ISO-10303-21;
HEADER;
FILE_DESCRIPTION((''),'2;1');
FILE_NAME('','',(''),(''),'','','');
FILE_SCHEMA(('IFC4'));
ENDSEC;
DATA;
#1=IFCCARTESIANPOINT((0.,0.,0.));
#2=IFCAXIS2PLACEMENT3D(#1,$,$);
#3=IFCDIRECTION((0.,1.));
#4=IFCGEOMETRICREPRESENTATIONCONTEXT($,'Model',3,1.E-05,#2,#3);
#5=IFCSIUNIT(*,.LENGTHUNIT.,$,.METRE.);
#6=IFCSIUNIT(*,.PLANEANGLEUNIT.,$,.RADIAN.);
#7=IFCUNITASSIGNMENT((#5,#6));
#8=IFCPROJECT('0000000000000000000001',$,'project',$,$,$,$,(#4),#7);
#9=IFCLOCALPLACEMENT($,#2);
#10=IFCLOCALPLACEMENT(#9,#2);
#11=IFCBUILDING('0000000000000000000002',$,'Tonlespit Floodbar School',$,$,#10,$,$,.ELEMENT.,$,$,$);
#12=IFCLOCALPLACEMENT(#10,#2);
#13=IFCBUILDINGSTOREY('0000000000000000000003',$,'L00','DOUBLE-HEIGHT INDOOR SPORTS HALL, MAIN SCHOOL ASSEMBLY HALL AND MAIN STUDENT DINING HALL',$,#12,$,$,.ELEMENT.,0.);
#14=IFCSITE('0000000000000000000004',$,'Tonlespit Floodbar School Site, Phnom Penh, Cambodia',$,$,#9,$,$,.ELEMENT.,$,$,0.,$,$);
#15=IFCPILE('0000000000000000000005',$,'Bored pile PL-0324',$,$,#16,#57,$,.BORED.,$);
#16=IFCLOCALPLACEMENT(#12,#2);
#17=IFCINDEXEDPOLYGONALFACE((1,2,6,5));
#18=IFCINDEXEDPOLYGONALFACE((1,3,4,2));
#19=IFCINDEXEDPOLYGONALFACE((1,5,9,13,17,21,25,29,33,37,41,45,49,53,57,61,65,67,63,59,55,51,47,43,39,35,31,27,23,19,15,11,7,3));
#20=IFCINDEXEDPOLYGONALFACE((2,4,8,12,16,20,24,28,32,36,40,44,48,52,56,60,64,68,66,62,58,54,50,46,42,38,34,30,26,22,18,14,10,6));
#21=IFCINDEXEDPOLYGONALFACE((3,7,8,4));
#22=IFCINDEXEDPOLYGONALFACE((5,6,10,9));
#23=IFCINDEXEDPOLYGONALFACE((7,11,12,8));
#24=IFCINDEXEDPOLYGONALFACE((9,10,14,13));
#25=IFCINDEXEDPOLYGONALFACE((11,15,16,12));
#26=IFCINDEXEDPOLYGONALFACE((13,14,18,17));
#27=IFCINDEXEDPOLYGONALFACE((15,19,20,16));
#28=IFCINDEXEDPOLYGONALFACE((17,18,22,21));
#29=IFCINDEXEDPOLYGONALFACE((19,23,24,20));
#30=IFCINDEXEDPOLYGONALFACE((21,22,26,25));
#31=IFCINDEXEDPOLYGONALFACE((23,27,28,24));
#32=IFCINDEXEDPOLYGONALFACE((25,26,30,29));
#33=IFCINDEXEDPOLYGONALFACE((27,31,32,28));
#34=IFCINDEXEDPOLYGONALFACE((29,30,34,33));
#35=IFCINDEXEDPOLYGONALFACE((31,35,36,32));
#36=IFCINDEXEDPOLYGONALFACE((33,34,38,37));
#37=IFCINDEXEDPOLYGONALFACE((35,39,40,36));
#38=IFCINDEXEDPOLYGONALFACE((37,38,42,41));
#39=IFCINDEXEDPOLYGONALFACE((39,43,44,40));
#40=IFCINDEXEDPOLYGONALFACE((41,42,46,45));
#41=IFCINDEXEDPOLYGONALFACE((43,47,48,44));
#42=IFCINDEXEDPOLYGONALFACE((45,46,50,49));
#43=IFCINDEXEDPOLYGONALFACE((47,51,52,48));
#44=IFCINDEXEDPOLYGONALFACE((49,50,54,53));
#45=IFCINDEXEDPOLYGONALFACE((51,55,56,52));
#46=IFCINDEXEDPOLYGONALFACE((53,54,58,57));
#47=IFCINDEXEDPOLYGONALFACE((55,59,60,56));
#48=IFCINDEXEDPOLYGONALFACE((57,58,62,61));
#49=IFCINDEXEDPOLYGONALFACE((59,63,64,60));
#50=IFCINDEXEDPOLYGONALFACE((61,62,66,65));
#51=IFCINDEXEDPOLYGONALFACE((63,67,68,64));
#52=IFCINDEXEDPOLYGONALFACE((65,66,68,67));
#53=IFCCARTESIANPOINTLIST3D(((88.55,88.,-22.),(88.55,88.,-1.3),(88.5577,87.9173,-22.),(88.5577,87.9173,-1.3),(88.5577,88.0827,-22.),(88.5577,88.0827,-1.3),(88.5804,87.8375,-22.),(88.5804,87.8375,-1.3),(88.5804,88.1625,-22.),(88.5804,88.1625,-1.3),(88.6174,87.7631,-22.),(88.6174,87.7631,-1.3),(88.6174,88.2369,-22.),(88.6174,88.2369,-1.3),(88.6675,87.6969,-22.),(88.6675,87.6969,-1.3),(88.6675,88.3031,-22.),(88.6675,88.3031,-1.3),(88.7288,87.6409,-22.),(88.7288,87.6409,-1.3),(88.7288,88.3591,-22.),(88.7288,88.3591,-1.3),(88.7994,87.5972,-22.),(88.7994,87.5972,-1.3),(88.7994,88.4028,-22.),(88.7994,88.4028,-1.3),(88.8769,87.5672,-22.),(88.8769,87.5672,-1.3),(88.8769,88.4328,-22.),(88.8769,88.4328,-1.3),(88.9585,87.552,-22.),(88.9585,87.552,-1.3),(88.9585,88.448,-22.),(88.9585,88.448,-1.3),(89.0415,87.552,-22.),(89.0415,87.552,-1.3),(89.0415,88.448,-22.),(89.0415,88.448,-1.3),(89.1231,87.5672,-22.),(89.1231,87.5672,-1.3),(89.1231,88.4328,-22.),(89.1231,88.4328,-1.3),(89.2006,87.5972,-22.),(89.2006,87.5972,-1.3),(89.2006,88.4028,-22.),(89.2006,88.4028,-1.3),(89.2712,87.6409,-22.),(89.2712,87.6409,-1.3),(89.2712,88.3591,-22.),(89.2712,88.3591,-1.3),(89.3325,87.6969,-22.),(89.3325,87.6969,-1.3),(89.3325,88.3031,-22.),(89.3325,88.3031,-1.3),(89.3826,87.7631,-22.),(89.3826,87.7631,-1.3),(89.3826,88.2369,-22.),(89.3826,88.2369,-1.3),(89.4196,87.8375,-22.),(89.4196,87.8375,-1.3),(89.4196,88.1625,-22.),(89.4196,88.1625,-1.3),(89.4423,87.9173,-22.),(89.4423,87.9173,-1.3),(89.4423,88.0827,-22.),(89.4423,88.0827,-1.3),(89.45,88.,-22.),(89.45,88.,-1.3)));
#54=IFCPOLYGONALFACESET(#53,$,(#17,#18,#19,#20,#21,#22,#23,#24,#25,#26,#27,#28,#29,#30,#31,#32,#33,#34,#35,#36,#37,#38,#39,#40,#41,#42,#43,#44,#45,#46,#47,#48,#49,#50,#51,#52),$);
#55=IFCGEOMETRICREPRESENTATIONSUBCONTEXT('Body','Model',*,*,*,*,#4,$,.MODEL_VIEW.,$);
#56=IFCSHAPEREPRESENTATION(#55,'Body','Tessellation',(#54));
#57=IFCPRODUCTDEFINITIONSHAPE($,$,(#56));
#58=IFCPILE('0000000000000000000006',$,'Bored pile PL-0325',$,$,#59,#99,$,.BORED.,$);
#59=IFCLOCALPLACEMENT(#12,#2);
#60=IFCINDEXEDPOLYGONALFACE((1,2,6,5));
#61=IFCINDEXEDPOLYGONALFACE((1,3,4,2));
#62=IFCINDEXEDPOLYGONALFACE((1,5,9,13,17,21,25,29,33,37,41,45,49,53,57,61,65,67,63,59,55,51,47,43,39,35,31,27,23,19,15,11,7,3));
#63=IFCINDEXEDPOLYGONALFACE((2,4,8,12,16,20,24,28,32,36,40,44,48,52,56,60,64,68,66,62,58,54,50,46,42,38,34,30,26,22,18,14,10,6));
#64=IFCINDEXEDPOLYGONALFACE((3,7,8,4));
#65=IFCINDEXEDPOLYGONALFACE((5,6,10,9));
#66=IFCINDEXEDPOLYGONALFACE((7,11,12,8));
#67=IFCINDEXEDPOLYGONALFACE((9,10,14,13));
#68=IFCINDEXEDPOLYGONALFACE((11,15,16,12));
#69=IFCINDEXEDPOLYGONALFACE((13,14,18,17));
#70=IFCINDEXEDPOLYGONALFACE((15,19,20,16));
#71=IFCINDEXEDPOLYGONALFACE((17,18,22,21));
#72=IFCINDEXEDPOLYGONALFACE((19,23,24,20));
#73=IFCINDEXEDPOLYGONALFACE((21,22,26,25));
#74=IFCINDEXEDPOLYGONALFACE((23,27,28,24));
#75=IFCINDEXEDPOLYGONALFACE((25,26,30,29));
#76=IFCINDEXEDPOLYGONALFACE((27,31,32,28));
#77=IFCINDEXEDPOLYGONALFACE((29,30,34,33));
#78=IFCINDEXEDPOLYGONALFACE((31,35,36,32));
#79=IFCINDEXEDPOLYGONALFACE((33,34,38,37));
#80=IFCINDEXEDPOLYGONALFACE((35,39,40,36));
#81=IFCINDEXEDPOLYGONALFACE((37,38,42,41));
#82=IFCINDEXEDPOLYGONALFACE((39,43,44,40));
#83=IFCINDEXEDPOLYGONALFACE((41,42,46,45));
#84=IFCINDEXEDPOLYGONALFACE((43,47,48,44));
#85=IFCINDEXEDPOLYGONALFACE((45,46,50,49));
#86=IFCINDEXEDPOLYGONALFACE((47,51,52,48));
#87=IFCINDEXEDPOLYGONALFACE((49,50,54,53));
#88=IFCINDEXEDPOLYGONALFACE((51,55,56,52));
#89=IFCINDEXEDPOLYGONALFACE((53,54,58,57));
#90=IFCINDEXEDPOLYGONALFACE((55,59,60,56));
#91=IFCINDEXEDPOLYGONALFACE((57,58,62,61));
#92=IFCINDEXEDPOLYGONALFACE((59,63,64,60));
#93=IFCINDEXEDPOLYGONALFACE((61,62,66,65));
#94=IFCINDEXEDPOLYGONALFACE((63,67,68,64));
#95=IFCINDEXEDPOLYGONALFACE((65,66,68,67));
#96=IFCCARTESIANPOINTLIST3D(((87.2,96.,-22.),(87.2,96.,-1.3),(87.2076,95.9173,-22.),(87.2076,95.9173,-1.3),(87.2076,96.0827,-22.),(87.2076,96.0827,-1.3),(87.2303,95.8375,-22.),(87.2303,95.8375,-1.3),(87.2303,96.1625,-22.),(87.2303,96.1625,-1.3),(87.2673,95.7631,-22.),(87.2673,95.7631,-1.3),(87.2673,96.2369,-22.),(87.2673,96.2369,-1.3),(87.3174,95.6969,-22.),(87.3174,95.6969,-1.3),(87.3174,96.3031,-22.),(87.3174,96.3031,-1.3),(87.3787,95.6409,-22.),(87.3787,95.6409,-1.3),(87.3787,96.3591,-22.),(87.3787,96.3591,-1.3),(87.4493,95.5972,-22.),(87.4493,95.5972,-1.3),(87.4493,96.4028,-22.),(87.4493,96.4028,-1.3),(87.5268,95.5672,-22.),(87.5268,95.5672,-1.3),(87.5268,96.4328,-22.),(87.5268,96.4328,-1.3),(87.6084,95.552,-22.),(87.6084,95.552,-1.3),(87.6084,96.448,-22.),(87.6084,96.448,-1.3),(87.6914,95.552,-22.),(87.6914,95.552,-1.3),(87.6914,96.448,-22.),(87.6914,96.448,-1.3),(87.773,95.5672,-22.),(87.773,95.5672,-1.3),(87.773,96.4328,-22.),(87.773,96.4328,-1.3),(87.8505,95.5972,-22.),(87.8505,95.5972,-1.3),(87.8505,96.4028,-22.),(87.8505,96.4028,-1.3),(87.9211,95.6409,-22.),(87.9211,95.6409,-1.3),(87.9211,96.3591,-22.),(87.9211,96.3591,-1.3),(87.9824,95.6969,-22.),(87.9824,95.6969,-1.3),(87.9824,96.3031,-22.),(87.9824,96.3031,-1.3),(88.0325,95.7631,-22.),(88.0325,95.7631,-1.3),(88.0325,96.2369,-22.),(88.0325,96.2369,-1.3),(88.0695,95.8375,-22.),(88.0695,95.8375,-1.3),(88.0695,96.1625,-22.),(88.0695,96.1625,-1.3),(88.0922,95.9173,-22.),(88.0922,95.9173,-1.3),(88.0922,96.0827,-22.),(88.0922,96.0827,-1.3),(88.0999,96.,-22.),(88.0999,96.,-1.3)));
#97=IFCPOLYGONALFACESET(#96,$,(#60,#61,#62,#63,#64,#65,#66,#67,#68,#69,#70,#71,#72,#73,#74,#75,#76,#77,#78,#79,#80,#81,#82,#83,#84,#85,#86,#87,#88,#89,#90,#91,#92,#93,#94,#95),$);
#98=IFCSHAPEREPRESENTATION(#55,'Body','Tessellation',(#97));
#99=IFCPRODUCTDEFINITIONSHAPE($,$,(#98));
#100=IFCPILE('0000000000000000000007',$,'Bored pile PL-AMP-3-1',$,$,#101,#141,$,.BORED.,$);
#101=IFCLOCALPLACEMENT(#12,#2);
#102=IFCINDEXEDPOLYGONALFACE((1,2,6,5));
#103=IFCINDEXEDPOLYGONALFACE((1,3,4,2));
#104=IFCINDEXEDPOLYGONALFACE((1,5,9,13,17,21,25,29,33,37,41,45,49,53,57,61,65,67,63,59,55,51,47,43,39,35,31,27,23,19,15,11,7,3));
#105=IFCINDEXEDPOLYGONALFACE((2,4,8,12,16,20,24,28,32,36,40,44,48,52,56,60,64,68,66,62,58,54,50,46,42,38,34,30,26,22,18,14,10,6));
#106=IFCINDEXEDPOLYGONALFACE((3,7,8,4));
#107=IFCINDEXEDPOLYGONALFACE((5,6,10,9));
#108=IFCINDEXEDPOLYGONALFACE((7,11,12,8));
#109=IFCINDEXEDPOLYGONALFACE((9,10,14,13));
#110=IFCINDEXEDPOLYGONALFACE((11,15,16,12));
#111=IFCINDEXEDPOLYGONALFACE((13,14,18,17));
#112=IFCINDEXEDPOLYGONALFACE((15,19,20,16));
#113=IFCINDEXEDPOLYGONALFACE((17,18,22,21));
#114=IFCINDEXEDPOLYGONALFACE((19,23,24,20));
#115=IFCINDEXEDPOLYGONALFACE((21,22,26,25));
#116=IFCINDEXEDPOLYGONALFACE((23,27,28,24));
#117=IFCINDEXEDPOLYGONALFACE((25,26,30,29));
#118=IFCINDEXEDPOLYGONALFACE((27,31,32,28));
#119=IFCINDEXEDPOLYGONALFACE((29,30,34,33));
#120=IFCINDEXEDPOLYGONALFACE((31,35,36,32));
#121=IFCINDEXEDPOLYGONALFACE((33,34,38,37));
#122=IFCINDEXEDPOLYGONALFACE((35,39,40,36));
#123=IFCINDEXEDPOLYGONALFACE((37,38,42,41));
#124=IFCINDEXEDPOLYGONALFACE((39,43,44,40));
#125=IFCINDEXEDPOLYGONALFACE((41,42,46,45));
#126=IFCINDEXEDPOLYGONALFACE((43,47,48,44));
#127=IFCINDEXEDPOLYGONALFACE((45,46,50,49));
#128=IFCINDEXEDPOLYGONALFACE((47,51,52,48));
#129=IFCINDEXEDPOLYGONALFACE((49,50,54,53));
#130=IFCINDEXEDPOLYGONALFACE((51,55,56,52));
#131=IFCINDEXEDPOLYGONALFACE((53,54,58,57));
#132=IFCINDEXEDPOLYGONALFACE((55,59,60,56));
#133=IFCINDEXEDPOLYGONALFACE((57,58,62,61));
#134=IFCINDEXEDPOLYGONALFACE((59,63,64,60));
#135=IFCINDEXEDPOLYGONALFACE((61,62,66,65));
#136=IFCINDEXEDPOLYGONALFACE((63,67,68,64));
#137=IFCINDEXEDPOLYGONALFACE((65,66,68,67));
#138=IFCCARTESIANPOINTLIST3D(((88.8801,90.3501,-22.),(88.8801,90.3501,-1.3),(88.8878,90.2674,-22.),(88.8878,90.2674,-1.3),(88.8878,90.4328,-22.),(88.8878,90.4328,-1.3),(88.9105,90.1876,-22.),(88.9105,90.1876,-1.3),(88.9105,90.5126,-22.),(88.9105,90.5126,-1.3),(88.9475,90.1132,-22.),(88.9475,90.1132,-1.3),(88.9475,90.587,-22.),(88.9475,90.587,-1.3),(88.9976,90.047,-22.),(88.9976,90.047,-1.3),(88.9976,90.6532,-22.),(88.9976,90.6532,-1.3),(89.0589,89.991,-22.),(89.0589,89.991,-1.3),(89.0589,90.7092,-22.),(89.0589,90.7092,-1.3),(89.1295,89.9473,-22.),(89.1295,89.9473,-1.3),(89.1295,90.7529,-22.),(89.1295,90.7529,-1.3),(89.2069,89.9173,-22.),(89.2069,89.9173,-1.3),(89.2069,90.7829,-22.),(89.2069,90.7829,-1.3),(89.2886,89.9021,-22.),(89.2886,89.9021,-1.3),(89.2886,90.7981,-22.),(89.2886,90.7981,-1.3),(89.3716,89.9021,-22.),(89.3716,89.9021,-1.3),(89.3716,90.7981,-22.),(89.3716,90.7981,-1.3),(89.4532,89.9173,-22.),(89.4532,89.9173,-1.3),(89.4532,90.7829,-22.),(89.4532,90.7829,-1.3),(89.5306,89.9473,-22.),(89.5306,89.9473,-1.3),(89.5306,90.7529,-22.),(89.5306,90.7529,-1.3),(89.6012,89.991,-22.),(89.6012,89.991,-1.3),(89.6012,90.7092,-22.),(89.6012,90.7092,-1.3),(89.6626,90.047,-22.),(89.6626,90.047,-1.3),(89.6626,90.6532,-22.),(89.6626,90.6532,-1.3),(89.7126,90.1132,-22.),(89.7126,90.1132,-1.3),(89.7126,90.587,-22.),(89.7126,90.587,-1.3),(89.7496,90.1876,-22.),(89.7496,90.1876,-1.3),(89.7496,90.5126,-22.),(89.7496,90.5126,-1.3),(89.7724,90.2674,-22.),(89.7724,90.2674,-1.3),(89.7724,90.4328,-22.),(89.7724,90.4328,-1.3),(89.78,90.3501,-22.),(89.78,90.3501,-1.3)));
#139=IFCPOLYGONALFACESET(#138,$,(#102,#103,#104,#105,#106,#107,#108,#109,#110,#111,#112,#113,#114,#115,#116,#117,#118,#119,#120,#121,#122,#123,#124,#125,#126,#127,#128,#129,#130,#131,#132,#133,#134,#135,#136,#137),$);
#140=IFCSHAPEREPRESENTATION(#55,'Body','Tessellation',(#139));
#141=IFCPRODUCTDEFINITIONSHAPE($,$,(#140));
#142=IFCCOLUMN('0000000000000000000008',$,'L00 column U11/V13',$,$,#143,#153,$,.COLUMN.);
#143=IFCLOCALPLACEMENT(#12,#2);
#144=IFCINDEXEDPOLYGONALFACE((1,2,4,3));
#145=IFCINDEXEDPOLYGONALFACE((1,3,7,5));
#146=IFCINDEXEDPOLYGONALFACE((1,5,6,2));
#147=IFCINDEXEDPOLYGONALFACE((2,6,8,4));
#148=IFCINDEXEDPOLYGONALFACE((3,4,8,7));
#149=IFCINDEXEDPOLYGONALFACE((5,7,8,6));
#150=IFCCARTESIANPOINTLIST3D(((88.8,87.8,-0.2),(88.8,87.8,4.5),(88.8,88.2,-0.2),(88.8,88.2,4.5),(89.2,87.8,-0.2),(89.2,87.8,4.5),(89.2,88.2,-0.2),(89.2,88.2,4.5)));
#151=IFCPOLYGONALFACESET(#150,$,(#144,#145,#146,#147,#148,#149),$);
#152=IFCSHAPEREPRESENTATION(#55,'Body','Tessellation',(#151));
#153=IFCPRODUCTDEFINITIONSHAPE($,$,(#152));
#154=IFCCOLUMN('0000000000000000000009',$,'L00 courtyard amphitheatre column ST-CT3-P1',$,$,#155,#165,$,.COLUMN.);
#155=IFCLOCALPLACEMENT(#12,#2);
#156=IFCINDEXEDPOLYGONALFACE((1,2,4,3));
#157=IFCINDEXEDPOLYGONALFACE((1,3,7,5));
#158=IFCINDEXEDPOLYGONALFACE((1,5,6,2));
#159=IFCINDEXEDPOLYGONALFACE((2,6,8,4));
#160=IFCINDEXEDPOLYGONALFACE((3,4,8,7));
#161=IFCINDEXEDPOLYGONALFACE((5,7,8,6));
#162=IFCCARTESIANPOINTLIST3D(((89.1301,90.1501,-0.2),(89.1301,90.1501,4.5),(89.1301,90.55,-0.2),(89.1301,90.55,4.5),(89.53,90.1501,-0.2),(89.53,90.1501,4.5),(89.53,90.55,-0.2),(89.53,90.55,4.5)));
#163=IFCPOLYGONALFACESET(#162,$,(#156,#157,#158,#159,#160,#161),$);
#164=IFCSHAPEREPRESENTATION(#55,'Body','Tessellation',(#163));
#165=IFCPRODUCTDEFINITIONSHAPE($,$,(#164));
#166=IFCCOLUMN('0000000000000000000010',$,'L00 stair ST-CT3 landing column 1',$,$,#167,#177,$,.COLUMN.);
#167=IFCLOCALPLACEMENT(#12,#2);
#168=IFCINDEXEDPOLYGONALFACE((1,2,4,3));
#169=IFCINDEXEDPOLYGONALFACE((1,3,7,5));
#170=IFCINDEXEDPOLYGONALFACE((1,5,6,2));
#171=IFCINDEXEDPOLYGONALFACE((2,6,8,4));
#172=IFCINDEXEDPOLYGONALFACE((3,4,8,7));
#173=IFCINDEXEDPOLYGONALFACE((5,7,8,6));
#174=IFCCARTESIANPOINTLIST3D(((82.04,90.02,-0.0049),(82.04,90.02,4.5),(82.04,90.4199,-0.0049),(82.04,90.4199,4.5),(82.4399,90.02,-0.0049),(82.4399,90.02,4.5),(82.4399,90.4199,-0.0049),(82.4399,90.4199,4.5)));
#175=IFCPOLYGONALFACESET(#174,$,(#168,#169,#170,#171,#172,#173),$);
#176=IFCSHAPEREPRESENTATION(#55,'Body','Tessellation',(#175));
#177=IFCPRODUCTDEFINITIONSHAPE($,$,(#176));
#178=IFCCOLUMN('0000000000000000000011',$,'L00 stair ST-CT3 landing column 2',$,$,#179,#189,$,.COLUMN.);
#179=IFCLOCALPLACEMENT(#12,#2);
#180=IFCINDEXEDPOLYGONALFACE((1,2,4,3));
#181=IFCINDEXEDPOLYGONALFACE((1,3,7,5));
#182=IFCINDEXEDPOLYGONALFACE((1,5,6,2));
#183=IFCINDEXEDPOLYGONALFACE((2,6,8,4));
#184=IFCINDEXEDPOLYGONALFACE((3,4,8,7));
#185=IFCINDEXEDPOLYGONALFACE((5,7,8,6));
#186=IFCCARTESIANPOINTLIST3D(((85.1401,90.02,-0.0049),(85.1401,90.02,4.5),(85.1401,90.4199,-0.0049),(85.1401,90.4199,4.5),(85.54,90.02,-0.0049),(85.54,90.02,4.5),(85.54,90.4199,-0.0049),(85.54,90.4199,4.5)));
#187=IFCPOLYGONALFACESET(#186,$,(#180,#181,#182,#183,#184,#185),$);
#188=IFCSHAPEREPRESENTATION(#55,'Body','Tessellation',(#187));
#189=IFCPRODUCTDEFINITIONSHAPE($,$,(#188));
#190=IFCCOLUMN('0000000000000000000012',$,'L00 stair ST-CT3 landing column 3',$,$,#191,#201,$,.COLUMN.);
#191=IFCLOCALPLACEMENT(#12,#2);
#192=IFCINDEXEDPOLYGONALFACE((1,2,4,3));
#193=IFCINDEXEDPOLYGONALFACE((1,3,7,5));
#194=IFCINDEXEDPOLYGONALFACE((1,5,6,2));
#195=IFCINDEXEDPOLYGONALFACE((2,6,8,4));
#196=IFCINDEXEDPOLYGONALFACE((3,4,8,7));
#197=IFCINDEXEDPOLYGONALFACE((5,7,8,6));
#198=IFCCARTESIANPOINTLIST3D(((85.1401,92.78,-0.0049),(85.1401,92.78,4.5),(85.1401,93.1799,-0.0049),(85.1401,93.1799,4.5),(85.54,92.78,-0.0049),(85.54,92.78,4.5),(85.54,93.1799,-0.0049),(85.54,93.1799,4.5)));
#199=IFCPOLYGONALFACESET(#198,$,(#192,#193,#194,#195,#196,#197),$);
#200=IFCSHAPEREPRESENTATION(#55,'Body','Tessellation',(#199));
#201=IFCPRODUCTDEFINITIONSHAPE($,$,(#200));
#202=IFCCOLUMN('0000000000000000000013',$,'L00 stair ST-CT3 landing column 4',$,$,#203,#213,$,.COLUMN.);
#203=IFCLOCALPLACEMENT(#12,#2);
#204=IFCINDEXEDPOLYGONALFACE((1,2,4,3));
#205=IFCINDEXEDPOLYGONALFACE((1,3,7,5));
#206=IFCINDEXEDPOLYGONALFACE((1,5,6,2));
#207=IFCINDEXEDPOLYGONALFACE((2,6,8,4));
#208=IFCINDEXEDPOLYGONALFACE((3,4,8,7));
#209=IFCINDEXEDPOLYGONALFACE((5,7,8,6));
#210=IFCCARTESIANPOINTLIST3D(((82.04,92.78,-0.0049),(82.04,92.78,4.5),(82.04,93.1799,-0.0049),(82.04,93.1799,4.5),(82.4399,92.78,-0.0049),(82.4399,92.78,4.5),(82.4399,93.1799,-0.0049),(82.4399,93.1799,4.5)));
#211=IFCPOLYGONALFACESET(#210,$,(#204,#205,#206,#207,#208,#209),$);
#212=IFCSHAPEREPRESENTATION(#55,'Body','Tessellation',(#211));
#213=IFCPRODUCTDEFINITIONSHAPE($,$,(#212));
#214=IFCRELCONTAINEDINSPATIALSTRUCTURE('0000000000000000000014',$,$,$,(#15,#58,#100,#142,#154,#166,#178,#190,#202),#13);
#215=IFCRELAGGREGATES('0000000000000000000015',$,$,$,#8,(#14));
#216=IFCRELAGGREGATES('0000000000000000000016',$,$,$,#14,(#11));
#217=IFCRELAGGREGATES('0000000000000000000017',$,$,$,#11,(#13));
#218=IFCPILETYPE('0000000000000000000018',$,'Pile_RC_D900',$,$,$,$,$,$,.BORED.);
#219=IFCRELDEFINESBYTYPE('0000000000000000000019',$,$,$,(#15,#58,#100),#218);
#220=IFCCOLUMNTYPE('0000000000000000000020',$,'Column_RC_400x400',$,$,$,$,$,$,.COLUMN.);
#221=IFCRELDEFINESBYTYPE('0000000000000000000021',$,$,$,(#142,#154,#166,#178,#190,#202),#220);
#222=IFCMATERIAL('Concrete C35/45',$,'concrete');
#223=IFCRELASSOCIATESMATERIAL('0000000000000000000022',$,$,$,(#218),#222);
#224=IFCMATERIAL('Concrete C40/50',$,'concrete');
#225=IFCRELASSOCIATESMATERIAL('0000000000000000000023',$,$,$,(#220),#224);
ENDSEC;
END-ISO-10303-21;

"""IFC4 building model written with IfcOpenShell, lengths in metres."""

from ifc_helpers import new_model, si_unit, direction, frame, origin, origin_2d, place, context, subcontext, project, spatial, rectangle, circle, extrude, material, material_profile, profile_set, type_object, element, save


model = new_model("IFC4")

# Units and contexts
model_context = context("Model", 3, precision=1e-05, world=origin(), true_north=direction((0.0, 1.0)))
body_context = subcontext(model_context, "Body", "Model", "MODEL_VIEW")
ifc_project = project(units=[si_unit("LENGTHUNIT", "METRE"), si_unit("PLANEANGLEUNIT", "RADIAN")], contexts=[model_context])

# Site, building, storey
site_placement = place(None, origin())
site = spatial("IfcSite", under=ifc_project, at=site_placement, Name="Tonlespit Floodbar School Site, Phnom Penh, Cambodia", CompositionType="ELEMENT", RefElevation=0.0)
building_placement = place(site_placement, origin())
building = spatial("IfcBuilding", under=site, at=building_placement, Name="Tonlespit Floodbar School", CompositionType="ELEMENT")
storey_placement = place(building_placement, origin())
storey = spatial("IfcBuildingStorey", under=building, at=storey_placement, Name="L00", Description="DOUBLE-HEIGHT INDOOR SPORTS HALL, MAIN SCHOOL ASSEMBLY HALL AND MAIN STUDENT DINING HALL", CompositionType="ELEMENT", Elevation=0.0)

# Shared definitions
ifc_material_1 = material(Name="Concrete C40/50", Category="concrete")

# Piles
ifc_material_2 = material(Name="Concrete C35/45", Category="concrete")
ifc_material_profile_1 = material_profile(ifc_material_2, circle(Radius=0.45, at=origin_2d()), Name="BP D900")
ifc_profile_set_1 = profile_set([ifc_material_profile_1], Name="Concrete C35/45")
pile_type_1 = type_object("IfcPileType", Name="Pile_RC_D900", PredefinedType="BORED", material=ifc_profile_set_1)
for number, where, z_axis, x_axis, name in (
    (1, (89.0, 88.0, -1.3), (0.0, 0.0, -1.0), (1.0, 0.0, 0.0), "Bored pile PL-0324"),
    (2, (87.6499, 96.0, -1.3), (0.0, 0.0, -1.0), (1.0, 0.0, 0.0), "Bored pile PL-0325"),
    (3, (89.3301, 90.3501, -1.3), (0.0, 0.0, -1.0), (1.0, 0.0, 0.0), "Bored pile PL-AMP-3-1"),
):
    element("IfcPile", number, at=place(storey_placement, frame(where, z_axis=z_axis, x_axis=x_axis)), inside=storey, type_object=pile_type_1, Name=name, PredefinedType="BORED", context=body_context, shape_type="SweptSolid", body=[
        extrude(circle(Radius=0.45, at=origin_2d()), origin(), (0.0, 0.0, 1.0), 20.7),
    ])

# Columns
ifc_material_profile_2 = material_profile(ifc_material_1, rectangle(XDim=0.3999, YDim=0.3999, at=origin_2d()), Name="RC 400x400")
ifc_profile_set_2 = profile_set([ifc_material_profile_2], Name="Concrete C40/50")
column_type_1 = type_object("IfcColumnType", Name="Column_RC_400x400", PredefinedType="COLUMN", material=ifc_profile_set_2)
for number, where, z_axis, x_axis, name in (
    (4, (89.0, 88.0, -0.2), (0.0, 0.0, 1.0), (1.0, 0.0, 0.0), "L00 column U11/V13"),
    (5, (89.3301, 90.3501, -0.2), (0.0, 0.0, 1.0), (1.0, 0.0, 0.0), "L00 courtyard amphitheatre column ST-CT3-P1"),
):
    element("IfcColumn", number, at=place(storey_placement, frame(where, z_axis=z_axis, x_axis=x_axis)), inside=storey, type_object=column_type_1, Name=name, PredefinedType="COLUMN", context=body_context, shape_type="SweptSolid", body=[
        extrude(rectangle(XDim=0.3999, YDim=0.3999, at=origin_2d()), origin(), (0.0, 0.0, 1.0), 4.7),
    ])
for number, where, z_axis, x_axis, name in (
    (6, (82.24, 90.22, -0.0049), (0.0, 0.0, 1.0), (1.0, 0.0, 0.0), "L00 stair ST-CT3 landing column 1"),
    (7, (85.3401, 90.22, -0.0049), (0.0, 0.0, 1.0), (1.0, 0.0, 0.0), "L00 stair ST-CT3 landing column 2"),
    (8, (85.3401, 92.98, -0.0049), (0.0, 0.0, 1.0), (1.0, 0.0, 0.0), "L00 stair ST-CT3 landing column 3"),
    (9, (82.24, 92.98, -0.0049), (0.0, 0.0, 1.0), (1.0, 0.0, 0.0), "L00 stair ST-CT3 landing column 4"),
):
    element("IfcColumn", number, at=place(storey_placement, frame(where, z_axis=z_axis, x_axis=x_axis)), inside=storey, type_object=column_type_1, Name=name, PredefinedType="COLUMN", context=body_context, shape_type="SweptSolid", body=[
        extrude(rectangle(XDim=0.3999, YDim=0.3999, at=origin_2d()), origin(), (0.0, 0.0, 1.0), 4.5049),
    ])

save(model, "model.ifc")
